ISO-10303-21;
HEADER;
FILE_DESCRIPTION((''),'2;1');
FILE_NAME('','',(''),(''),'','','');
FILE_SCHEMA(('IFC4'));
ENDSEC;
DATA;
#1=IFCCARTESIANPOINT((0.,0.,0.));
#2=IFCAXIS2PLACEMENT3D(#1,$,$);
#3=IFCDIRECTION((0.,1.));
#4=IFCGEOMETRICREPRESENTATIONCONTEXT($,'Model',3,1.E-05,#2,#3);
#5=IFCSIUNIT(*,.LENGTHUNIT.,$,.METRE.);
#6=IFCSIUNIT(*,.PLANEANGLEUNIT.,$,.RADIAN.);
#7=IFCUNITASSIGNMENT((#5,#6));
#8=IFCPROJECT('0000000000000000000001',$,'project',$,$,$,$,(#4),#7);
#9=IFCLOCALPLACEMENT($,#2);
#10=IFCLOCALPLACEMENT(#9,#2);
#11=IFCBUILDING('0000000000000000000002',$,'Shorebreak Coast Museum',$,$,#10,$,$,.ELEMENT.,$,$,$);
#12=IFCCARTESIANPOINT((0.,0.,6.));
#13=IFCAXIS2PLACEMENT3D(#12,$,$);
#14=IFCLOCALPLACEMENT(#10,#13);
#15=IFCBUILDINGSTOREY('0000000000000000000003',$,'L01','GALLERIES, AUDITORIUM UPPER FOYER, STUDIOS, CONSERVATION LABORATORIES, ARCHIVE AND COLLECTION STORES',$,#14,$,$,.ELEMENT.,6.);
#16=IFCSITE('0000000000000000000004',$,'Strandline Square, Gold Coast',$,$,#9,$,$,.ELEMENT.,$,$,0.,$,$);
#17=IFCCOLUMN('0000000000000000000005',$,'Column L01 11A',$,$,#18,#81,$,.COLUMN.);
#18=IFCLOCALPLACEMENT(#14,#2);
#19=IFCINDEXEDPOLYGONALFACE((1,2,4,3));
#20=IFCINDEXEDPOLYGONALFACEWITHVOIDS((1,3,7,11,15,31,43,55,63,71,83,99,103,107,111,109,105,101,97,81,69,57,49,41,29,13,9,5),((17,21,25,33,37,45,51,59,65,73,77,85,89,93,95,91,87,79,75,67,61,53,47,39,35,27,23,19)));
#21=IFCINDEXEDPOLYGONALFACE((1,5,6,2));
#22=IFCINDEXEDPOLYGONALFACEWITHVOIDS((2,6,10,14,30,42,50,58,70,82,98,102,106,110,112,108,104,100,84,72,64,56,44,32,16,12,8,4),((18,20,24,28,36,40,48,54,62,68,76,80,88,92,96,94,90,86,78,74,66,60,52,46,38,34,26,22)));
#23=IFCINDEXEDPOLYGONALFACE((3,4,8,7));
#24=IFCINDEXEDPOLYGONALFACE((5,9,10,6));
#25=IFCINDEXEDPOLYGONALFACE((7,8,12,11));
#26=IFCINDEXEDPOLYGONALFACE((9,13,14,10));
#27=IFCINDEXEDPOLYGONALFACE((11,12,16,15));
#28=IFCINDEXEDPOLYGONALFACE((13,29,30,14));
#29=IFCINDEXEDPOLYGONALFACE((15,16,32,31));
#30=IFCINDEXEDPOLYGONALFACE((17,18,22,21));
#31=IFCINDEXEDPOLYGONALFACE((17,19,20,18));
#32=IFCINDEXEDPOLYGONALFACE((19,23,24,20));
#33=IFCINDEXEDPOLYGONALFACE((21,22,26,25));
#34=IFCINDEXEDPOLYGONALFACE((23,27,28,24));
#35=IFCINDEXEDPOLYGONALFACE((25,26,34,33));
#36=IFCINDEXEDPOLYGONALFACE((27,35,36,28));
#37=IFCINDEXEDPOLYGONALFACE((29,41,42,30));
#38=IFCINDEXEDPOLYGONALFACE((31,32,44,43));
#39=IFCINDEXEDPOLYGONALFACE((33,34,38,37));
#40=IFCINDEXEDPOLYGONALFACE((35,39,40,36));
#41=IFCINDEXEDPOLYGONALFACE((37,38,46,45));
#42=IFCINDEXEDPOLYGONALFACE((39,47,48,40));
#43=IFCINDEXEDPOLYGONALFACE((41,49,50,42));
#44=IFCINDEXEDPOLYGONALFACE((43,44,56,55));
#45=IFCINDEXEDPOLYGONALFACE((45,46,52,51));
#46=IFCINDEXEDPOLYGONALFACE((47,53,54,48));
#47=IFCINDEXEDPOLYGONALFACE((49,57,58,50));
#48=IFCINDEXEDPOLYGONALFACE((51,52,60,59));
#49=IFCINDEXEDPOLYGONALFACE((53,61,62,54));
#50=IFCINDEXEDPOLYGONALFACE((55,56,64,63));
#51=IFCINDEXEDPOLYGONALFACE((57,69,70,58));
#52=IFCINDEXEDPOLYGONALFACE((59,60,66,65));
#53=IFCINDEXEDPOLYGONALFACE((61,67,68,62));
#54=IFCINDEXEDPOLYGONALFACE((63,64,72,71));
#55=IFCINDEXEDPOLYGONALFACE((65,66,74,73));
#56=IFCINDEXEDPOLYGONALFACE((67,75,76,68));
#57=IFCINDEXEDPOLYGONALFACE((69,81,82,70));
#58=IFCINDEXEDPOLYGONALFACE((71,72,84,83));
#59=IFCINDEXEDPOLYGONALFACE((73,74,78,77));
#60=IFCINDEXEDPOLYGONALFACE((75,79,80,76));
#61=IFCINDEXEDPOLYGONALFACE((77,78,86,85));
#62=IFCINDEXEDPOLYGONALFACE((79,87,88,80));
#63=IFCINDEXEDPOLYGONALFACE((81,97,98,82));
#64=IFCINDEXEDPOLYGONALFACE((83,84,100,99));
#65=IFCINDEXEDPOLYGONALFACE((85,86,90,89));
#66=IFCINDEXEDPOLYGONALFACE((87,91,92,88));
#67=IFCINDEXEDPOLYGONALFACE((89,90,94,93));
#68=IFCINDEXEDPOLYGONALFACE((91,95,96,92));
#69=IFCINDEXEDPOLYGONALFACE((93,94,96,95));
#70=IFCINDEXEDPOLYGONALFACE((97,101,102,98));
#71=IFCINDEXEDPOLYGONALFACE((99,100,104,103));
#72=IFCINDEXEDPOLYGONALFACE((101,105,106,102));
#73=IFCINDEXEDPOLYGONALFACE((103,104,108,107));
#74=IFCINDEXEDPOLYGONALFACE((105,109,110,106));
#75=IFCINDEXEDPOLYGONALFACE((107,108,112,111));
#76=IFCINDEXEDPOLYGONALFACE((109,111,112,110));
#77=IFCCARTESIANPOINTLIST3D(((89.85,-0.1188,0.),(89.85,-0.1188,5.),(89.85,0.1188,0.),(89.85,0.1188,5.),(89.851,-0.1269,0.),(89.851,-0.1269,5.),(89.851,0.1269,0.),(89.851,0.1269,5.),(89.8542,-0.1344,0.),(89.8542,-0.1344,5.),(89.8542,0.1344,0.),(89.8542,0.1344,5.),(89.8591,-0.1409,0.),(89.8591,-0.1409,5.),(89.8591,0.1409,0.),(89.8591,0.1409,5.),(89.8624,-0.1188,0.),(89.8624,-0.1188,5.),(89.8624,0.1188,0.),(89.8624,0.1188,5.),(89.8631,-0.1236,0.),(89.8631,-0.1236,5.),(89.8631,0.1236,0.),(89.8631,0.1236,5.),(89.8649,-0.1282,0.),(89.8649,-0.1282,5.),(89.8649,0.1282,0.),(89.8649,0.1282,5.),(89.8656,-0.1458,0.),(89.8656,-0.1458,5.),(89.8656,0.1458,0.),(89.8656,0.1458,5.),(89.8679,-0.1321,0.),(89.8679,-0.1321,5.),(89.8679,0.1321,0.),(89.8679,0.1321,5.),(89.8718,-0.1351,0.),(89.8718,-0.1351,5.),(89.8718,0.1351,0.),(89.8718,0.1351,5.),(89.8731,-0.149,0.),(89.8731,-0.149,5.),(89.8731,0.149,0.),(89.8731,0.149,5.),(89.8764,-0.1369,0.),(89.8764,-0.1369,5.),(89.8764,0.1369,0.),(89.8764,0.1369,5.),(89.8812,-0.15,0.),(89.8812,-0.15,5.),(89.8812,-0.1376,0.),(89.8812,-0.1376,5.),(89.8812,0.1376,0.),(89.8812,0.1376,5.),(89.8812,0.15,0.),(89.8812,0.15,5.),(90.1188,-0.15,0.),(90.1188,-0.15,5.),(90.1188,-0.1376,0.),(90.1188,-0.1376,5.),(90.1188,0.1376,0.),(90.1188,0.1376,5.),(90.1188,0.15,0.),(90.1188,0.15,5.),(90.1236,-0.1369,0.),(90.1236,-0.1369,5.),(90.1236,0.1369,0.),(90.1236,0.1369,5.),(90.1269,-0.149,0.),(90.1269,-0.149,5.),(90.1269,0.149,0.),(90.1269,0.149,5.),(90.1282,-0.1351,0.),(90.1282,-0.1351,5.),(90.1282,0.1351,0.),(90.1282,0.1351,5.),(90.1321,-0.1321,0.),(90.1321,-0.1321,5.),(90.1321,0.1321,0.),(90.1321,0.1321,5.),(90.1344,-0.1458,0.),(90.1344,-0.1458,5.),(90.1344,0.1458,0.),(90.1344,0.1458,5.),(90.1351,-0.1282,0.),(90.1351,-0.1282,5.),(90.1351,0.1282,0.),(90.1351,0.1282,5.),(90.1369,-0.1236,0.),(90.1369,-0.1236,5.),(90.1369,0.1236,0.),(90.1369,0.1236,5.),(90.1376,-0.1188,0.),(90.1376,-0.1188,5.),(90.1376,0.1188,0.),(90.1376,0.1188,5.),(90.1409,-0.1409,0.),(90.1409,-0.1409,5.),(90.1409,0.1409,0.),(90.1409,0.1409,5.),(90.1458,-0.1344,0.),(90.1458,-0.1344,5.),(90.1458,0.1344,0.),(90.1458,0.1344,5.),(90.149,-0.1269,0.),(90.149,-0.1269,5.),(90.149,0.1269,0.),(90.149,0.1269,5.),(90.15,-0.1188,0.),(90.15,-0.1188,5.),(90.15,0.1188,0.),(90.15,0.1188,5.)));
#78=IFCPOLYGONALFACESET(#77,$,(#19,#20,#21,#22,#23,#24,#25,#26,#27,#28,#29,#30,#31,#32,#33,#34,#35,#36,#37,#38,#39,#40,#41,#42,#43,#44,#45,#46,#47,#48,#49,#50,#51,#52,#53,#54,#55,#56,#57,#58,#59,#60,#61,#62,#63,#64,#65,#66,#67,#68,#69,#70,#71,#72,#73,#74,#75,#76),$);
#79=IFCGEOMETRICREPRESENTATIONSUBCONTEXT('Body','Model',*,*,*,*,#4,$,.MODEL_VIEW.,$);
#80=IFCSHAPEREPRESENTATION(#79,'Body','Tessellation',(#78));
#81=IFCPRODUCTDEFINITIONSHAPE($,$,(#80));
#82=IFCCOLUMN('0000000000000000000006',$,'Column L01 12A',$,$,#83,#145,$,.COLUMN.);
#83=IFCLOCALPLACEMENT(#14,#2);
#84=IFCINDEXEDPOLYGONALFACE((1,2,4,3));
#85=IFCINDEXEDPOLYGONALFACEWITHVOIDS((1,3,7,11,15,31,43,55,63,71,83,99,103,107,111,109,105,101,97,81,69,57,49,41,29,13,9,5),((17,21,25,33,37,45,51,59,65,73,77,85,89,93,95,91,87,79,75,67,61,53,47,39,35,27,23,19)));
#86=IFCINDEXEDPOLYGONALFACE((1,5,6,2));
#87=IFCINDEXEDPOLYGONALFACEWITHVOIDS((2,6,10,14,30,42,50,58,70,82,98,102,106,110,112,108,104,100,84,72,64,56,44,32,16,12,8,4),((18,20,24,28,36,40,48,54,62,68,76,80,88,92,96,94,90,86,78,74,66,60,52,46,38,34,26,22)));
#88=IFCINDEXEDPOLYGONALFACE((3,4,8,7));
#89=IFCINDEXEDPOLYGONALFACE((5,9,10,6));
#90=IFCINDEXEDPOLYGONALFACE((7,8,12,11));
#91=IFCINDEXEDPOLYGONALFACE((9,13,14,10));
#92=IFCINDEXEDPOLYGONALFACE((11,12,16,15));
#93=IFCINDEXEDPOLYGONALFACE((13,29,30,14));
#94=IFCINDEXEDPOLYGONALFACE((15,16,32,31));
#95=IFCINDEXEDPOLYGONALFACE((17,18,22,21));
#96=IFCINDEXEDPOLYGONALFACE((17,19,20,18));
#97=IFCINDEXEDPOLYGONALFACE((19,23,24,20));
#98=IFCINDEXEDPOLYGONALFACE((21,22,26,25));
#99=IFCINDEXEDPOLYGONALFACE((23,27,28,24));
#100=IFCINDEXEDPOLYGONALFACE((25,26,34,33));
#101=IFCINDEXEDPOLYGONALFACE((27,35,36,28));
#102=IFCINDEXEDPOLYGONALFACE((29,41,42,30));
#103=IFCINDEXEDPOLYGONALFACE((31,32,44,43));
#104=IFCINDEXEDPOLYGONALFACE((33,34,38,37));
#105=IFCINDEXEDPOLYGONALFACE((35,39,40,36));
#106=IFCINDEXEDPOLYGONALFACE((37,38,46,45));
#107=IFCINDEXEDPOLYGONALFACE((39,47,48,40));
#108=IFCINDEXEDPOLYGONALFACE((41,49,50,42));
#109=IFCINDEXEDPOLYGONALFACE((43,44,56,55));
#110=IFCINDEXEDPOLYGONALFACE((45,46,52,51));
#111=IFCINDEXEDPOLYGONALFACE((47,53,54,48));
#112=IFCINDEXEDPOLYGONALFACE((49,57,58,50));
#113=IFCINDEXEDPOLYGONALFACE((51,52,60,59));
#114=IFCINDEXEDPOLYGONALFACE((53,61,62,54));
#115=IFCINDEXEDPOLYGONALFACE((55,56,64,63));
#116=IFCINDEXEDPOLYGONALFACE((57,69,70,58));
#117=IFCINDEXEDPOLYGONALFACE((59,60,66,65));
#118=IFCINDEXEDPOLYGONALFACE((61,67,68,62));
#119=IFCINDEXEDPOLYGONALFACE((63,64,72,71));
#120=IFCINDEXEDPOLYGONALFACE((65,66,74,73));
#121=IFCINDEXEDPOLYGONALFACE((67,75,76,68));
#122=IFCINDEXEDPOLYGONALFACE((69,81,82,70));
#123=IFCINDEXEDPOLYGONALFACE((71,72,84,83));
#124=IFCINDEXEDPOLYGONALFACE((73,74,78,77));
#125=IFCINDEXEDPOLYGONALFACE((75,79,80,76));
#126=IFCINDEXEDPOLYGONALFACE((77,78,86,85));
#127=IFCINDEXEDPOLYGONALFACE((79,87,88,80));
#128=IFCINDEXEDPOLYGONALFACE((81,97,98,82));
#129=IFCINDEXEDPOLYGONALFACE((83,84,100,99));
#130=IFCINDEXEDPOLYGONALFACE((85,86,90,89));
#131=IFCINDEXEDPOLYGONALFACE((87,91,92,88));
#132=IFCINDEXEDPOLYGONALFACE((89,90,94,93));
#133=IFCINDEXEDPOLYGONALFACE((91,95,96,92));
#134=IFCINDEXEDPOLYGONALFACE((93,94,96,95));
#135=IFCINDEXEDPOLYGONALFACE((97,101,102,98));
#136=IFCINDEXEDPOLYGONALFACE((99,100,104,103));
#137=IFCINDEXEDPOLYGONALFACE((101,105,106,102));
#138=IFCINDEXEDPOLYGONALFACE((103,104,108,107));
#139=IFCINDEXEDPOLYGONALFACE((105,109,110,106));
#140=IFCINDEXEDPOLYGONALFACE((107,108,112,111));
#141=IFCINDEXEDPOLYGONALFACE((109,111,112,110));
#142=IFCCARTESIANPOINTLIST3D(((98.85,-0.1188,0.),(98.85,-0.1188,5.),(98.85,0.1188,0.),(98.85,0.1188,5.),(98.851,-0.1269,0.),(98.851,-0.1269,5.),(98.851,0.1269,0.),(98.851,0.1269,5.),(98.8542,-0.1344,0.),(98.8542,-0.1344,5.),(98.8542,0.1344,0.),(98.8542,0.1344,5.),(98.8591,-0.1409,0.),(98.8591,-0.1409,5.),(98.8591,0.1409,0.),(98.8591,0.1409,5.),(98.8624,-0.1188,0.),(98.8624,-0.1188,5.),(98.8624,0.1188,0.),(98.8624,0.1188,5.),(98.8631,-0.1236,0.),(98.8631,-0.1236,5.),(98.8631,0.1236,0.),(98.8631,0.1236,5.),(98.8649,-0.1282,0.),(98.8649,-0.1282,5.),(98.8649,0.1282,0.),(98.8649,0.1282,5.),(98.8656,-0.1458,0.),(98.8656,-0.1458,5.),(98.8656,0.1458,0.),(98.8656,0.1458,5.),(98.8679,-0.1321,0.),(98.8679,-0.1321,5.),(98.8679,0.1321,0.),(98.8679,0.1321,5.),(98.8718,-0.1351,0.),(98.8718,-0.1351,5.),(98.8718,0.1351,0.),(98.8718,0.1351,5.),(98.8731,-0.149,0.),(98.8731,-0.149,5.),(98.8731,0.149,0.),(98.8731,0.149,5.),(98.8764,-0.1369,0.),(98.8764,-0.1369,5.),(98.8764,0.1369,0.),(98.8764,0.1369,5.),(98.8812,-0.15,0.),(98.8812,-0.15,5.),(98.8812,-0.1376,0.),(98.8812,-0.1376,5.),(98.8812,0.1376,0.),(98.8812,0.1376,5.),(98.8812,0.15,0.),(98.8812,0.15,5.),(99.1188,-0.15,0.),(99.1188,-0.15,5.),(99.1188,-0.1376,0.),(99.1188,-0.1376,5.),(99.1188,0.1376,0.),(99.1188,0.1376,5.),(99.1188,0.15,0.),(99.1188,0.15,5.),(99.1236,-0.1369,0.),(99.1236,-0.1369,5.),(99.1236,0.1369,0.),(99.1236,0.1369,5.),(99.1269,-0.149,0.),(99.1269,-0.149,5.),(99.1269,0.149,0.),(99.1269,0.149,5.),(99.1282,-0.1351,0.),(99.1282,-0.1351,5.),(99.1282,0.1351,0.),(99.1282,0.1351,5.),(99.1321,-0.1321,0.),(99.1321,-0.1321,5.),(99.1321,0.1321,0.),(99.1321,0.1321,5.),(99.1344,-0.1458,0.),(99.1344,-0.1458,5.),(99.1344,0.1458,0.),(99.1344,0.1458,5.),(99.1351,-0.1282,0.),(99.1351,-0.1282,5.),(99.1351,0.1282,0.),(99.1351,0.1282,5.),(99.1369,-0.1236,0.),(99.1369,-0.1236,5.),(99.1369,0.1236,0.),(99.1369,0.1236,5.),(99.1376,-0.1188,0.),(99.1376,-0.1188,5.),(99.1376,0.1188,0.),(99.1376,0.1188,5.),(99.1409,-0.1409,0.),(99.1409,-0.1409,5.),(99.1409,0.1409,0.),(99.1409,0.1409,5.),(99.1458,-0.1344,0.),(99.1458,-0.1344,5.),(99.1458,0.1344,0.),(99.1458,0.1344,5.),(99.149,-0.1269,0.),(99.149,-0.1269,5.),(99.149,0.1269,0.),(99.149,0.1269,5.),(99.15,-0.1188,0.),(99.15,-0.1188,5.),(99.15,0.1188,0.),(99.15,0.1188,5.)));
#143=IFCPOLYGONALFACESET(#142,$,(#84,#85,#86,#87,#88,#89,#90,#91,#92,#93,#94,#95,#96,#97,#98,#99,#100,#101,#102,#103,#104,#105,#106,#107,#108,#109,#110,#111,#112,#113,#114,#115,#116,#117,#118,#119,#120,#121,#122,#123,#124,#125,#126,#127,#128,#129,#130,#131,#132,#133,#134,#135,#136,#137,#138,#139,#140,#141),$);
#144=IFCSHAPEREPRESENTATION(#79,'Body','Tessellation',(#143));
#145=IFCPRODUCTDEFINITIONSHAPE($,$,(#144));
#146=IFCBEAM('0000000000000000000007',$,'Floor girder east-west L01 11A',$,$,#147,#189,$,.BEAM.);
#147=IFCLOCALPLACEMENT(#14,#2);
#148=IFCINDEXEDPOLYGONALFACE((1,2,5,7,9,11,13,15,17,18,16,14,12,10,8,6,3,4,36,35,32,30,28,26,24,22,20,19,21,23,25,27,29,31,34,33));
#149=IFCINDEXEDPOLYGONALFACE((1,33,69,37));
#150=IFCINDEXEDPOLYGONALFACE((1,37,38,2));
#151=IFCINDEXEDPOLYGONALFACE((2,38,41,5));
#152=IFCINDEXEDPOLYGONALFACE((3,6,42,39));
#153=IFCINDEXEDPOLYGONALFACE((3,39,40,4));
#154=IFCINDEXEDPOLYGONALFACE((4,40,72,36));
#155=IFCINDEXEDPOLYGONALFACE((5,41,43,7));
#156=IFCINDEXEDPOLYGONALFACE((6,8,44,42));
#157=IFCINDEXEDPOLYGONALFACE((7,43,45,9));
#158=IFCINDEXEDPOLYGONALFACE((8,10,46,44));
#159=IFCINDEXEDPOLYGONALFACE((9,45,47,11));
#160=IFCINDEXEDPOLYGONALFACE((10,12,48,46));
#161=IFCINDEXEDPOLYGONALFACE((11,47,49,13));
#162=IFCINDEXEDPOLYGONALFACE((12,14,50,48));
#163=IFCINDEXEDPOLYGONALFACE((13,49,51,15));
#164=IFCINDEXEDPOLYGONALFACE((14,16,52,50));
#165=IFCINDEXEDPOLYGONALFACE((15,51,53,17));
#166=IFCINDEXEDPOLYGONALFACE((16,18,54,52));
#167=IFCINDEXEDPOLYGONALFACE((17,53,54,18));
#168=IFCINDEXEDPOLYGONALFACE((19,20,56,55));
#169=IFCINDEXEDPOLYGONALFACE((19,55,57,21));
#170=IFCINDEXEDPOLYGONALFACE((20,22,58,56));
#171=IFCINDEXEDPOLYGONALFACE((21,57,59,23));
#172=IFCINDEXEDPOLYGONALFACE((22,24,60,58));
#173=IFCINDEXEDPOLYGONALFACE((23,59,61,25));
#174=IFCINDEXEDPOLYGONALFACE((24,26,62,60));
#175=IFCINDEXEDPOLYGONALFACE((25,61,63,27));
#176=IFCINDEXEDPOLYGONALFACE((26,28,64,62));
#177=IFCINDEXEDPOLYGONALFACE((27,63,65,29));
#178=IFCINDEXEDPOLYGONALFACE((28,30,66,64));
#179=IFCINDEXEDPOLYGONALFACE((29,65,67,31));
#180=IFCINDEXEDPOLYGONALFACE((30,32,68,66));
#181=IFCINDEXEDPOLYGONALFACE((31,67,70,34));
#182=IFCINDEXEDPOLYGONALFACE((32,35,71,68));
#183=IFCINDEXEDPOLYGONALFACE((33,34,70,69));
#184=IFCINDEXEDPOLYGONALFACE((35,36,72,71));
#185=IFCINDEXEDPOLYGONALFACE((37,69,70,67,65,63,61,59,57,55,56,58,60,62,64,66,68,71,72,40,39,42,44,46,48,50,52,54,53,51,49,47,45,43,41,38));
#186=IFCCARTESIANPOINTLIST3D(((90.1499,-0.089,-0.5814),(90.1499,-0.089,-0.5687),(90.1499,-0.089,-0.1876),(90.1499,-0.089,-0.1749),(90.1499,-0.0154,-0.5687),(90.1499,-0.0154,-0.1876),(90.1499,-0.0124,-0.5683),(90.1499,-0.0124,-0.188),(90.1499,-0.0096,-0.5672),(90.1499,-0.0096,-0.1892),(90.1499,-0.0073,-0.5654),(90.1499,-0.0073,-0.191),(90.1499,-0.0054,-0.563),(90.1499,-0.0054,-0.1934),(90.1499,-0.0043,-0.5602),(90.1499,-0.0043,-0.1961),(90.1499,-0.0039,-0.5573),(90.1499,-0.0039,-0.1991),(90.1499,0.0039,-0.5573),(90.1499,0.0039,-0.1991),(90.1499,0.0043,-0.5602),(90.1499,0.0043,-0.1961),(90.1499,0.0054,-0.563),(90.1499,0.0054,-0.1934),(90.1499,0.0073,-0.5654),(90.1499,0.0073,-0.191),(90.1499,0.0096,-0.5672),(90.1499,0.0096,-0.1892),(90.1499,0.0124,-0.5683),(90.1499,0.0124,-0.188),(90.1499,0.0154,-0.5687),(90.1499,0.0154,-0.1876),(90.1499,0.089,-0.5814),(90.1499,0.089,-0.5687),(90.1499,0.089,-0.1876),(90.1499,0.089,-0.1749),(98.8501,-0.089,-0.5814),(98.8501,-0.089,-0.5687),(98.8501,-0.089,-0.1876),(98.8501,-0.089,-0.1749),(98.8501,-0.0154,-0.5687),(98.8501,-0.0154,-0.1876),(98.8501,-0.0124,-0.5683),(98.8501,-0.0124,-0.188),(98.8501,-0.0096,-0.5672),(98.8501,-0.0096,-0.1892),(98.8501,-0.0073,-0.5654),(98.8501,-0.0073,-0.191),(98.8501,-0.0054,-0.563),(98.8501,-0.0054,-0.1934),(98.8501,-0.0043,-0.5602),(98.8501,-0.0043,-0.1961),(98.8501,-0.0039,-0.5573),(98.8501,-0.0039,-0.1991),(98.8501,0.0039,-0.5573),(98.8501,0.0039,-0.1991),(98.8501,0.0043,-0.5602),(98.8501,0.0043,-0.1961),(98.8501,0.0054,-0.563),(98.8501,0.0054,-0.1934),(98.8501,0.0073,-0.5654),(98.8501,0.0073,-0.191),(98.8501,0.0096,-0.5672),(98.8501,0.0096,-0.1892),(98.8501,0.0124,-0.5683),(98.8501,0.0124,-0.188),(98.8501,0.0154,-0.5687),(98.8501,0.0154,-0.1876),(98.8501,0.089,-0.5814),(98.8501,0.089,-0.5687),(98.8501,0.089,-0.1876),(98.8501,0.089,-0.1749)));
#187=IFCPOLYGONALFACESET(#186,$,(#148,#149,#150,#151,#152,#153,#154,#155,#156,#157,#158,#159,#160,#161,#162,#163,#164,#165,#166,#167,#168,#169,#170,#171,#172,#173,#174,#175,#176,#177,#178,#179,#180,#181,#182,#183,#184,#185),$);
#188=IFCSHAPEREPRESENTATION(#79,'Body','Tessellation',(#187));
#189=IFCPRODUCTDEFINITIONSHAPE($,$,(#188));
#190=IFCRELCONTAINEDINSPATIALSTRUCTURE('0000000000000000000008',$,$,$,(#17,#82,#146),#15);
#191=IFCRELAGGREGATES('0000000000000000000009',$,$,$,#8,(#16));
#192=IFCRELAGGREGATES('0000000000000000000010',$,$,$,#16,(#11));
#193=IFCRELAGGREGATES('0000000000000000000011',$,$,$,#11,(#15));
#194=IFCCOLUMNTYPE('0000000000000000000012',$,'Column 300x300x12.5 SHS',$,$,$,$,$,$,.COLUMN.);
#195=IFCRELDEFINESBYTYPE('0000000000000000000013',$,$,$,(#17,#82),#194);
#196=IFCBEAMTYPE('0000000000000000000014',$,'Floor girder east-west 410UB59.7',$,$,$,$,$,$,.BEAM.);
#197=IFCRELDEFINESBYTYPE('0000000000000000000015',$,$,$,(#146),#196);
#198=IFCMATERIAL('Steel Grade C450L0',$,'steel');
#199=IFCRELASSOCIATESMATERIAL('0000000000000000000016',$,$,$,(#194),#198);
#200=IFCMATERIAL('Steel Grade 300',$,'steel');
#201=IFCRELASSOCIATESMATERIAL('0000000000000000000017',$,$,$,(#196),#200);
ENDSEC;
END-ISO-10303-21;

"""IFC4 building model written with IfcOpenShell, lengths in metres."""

from ifc_helpers import new_model, si_unit, direction, frame, origin, origin_2d, place, context, subcontext, project, spatial, hollow_rectangle, i_section, extrude, material, material_profile, profile_set, type_object, element, save


model = new_model("IFC4")

# Units and contexts
model_context = context("Model", 3, precision=1e-05, world=origin(), true_north=direction((0.0, 1.0)))
body_context = subcontext(model_context, "Body", "Model", "MODEL_VIEW")
ifc_project = project(units=[si_unit("LENGTHUNIT", "METRE"), si_unit("PLANEANGLEUNIT", "RADIAN")], contexts=[model_context])

# Site, building, storey
site_placement = place(None, origin())
site = spatial("IfcSite", under=ifc_project, at=site_placement, Name="Strandline Square, Gold Coast", CompositionType="ELEMENT", RefElevation=0.0)
building_placement = place(site_placement, origin())
building = spatial("IfcBuilding", under=site, at=building_placement, Name="Shorebreak Coast Museum", CompositionType="ELEMENT")
storey_placement = place(building_placement, frame((0.0, 0.0, 6.0)))
storey = spatial("IfcBuildingStorey", under=building, at=storey_placement, Name="L01", Description="GALLERIES, AUDITORIUM UPPER FOYER, STUDIOS, CONSERVATION LABORATORIES, ARCHIVE AND COLLECTION STORES", CompositionType="ELEMENT", Elevation=6.0)

# Columns
ifc_material_1 = material(Name="Steel Grade C450L0", Category="steel")
ifc_material_profile_1 = material_profile(ifc_material_1, hollow_rectangle(XDim=0.3, YDim=0.3, WallThickness=0.0125, InnerFilletRadius=0.0188, OuterFilletRadius=0.0312, at=origin_2d()), Name="300x300x12.5 SHS")
ifc_profile_set_1 = profile_set([ifc_material_profile_1], Name="Steel Grade C450L0")
column_type = type_object("IfcColumnType", Name="Column 300x300x12.5 SHS", PredefinedType="COLUMN", material=ifc_profile_set_1)
for number, where, z_axis, x_axis, name in (
    (1, (90.0, 0.0, 0.0), (0.0, 0.0, 1.0), (1.0, 0.0, 0.0), "Column L01 11A"),
    (2, (99.0, 0.0, 0.0), (0.0, 0.0, 1.0), (1.0, 0.0, 0.0), "Column L01 12A"),
):
    element("IfcColumn", number, at=place(storey_placement, frame(where, z_axis=z_axis, x_axis=x_axis)), inside=storey, type_object=column_type, Name=name, PredefinedType="COLUMN", context=body_context, shape_type="SweptSolid", body=[
        extrude(hollow_rectangle(XDim=0.3, YDim=0.3, WallThickness=0.0125, InnerFilletRadius=0.0188, OuterFilletRadius=0.0312, at=origin_2d()), origin(), (0.0, 0.0, 1.0), 5.0),
    ])

# Beam
ifc_material_2 = material(Name="Steel Grade 300", Category="steel")
ifc_material_profile_2 = material_profile(ifc_material_2, i_section(OverallWidth=0.178, OverallDepth=0.4065, WebThickness=0.0078, FlangeThickness=0.0127, FilletRadius=0.0115, at=origin_2d()), Name="410UB59.7")
ifc_profile_set_2 = profile_set([ifc_material_profile_2], Name="Steel Grade 300")
beam_type_1 = type_object("IfcBeamType", Name="Floor girder east-west 410UB59.7", PredefinedType="BEAM", material=ifc_profile_set_2)
beam_placement = place(storey_placement, frame((90.1499, 0.0, -0.3782), z_axis=(1.0, 0.0, 0.0), x_axis=(0.0, 1.0, 0.0)))
element("IfcBeam", 3, at=beam_placement, inside=storey, type_object=beam_type_1, Name="Floor girder east-west L01 11A", PredefinedType="BEAM", context=body_context, shape_type="SweptSolid", body=[
    extrude(i_section(OverallWidth=0.178, OverallDepth=0.4065, WebThickness=0.0078, FlangeThickness=0.0127, FilletRadius=0.0115, at=origin_2d()), origin(), (0.0, 0.0, 1.0), 8.7002),
])

save(model, "model.ifc")
